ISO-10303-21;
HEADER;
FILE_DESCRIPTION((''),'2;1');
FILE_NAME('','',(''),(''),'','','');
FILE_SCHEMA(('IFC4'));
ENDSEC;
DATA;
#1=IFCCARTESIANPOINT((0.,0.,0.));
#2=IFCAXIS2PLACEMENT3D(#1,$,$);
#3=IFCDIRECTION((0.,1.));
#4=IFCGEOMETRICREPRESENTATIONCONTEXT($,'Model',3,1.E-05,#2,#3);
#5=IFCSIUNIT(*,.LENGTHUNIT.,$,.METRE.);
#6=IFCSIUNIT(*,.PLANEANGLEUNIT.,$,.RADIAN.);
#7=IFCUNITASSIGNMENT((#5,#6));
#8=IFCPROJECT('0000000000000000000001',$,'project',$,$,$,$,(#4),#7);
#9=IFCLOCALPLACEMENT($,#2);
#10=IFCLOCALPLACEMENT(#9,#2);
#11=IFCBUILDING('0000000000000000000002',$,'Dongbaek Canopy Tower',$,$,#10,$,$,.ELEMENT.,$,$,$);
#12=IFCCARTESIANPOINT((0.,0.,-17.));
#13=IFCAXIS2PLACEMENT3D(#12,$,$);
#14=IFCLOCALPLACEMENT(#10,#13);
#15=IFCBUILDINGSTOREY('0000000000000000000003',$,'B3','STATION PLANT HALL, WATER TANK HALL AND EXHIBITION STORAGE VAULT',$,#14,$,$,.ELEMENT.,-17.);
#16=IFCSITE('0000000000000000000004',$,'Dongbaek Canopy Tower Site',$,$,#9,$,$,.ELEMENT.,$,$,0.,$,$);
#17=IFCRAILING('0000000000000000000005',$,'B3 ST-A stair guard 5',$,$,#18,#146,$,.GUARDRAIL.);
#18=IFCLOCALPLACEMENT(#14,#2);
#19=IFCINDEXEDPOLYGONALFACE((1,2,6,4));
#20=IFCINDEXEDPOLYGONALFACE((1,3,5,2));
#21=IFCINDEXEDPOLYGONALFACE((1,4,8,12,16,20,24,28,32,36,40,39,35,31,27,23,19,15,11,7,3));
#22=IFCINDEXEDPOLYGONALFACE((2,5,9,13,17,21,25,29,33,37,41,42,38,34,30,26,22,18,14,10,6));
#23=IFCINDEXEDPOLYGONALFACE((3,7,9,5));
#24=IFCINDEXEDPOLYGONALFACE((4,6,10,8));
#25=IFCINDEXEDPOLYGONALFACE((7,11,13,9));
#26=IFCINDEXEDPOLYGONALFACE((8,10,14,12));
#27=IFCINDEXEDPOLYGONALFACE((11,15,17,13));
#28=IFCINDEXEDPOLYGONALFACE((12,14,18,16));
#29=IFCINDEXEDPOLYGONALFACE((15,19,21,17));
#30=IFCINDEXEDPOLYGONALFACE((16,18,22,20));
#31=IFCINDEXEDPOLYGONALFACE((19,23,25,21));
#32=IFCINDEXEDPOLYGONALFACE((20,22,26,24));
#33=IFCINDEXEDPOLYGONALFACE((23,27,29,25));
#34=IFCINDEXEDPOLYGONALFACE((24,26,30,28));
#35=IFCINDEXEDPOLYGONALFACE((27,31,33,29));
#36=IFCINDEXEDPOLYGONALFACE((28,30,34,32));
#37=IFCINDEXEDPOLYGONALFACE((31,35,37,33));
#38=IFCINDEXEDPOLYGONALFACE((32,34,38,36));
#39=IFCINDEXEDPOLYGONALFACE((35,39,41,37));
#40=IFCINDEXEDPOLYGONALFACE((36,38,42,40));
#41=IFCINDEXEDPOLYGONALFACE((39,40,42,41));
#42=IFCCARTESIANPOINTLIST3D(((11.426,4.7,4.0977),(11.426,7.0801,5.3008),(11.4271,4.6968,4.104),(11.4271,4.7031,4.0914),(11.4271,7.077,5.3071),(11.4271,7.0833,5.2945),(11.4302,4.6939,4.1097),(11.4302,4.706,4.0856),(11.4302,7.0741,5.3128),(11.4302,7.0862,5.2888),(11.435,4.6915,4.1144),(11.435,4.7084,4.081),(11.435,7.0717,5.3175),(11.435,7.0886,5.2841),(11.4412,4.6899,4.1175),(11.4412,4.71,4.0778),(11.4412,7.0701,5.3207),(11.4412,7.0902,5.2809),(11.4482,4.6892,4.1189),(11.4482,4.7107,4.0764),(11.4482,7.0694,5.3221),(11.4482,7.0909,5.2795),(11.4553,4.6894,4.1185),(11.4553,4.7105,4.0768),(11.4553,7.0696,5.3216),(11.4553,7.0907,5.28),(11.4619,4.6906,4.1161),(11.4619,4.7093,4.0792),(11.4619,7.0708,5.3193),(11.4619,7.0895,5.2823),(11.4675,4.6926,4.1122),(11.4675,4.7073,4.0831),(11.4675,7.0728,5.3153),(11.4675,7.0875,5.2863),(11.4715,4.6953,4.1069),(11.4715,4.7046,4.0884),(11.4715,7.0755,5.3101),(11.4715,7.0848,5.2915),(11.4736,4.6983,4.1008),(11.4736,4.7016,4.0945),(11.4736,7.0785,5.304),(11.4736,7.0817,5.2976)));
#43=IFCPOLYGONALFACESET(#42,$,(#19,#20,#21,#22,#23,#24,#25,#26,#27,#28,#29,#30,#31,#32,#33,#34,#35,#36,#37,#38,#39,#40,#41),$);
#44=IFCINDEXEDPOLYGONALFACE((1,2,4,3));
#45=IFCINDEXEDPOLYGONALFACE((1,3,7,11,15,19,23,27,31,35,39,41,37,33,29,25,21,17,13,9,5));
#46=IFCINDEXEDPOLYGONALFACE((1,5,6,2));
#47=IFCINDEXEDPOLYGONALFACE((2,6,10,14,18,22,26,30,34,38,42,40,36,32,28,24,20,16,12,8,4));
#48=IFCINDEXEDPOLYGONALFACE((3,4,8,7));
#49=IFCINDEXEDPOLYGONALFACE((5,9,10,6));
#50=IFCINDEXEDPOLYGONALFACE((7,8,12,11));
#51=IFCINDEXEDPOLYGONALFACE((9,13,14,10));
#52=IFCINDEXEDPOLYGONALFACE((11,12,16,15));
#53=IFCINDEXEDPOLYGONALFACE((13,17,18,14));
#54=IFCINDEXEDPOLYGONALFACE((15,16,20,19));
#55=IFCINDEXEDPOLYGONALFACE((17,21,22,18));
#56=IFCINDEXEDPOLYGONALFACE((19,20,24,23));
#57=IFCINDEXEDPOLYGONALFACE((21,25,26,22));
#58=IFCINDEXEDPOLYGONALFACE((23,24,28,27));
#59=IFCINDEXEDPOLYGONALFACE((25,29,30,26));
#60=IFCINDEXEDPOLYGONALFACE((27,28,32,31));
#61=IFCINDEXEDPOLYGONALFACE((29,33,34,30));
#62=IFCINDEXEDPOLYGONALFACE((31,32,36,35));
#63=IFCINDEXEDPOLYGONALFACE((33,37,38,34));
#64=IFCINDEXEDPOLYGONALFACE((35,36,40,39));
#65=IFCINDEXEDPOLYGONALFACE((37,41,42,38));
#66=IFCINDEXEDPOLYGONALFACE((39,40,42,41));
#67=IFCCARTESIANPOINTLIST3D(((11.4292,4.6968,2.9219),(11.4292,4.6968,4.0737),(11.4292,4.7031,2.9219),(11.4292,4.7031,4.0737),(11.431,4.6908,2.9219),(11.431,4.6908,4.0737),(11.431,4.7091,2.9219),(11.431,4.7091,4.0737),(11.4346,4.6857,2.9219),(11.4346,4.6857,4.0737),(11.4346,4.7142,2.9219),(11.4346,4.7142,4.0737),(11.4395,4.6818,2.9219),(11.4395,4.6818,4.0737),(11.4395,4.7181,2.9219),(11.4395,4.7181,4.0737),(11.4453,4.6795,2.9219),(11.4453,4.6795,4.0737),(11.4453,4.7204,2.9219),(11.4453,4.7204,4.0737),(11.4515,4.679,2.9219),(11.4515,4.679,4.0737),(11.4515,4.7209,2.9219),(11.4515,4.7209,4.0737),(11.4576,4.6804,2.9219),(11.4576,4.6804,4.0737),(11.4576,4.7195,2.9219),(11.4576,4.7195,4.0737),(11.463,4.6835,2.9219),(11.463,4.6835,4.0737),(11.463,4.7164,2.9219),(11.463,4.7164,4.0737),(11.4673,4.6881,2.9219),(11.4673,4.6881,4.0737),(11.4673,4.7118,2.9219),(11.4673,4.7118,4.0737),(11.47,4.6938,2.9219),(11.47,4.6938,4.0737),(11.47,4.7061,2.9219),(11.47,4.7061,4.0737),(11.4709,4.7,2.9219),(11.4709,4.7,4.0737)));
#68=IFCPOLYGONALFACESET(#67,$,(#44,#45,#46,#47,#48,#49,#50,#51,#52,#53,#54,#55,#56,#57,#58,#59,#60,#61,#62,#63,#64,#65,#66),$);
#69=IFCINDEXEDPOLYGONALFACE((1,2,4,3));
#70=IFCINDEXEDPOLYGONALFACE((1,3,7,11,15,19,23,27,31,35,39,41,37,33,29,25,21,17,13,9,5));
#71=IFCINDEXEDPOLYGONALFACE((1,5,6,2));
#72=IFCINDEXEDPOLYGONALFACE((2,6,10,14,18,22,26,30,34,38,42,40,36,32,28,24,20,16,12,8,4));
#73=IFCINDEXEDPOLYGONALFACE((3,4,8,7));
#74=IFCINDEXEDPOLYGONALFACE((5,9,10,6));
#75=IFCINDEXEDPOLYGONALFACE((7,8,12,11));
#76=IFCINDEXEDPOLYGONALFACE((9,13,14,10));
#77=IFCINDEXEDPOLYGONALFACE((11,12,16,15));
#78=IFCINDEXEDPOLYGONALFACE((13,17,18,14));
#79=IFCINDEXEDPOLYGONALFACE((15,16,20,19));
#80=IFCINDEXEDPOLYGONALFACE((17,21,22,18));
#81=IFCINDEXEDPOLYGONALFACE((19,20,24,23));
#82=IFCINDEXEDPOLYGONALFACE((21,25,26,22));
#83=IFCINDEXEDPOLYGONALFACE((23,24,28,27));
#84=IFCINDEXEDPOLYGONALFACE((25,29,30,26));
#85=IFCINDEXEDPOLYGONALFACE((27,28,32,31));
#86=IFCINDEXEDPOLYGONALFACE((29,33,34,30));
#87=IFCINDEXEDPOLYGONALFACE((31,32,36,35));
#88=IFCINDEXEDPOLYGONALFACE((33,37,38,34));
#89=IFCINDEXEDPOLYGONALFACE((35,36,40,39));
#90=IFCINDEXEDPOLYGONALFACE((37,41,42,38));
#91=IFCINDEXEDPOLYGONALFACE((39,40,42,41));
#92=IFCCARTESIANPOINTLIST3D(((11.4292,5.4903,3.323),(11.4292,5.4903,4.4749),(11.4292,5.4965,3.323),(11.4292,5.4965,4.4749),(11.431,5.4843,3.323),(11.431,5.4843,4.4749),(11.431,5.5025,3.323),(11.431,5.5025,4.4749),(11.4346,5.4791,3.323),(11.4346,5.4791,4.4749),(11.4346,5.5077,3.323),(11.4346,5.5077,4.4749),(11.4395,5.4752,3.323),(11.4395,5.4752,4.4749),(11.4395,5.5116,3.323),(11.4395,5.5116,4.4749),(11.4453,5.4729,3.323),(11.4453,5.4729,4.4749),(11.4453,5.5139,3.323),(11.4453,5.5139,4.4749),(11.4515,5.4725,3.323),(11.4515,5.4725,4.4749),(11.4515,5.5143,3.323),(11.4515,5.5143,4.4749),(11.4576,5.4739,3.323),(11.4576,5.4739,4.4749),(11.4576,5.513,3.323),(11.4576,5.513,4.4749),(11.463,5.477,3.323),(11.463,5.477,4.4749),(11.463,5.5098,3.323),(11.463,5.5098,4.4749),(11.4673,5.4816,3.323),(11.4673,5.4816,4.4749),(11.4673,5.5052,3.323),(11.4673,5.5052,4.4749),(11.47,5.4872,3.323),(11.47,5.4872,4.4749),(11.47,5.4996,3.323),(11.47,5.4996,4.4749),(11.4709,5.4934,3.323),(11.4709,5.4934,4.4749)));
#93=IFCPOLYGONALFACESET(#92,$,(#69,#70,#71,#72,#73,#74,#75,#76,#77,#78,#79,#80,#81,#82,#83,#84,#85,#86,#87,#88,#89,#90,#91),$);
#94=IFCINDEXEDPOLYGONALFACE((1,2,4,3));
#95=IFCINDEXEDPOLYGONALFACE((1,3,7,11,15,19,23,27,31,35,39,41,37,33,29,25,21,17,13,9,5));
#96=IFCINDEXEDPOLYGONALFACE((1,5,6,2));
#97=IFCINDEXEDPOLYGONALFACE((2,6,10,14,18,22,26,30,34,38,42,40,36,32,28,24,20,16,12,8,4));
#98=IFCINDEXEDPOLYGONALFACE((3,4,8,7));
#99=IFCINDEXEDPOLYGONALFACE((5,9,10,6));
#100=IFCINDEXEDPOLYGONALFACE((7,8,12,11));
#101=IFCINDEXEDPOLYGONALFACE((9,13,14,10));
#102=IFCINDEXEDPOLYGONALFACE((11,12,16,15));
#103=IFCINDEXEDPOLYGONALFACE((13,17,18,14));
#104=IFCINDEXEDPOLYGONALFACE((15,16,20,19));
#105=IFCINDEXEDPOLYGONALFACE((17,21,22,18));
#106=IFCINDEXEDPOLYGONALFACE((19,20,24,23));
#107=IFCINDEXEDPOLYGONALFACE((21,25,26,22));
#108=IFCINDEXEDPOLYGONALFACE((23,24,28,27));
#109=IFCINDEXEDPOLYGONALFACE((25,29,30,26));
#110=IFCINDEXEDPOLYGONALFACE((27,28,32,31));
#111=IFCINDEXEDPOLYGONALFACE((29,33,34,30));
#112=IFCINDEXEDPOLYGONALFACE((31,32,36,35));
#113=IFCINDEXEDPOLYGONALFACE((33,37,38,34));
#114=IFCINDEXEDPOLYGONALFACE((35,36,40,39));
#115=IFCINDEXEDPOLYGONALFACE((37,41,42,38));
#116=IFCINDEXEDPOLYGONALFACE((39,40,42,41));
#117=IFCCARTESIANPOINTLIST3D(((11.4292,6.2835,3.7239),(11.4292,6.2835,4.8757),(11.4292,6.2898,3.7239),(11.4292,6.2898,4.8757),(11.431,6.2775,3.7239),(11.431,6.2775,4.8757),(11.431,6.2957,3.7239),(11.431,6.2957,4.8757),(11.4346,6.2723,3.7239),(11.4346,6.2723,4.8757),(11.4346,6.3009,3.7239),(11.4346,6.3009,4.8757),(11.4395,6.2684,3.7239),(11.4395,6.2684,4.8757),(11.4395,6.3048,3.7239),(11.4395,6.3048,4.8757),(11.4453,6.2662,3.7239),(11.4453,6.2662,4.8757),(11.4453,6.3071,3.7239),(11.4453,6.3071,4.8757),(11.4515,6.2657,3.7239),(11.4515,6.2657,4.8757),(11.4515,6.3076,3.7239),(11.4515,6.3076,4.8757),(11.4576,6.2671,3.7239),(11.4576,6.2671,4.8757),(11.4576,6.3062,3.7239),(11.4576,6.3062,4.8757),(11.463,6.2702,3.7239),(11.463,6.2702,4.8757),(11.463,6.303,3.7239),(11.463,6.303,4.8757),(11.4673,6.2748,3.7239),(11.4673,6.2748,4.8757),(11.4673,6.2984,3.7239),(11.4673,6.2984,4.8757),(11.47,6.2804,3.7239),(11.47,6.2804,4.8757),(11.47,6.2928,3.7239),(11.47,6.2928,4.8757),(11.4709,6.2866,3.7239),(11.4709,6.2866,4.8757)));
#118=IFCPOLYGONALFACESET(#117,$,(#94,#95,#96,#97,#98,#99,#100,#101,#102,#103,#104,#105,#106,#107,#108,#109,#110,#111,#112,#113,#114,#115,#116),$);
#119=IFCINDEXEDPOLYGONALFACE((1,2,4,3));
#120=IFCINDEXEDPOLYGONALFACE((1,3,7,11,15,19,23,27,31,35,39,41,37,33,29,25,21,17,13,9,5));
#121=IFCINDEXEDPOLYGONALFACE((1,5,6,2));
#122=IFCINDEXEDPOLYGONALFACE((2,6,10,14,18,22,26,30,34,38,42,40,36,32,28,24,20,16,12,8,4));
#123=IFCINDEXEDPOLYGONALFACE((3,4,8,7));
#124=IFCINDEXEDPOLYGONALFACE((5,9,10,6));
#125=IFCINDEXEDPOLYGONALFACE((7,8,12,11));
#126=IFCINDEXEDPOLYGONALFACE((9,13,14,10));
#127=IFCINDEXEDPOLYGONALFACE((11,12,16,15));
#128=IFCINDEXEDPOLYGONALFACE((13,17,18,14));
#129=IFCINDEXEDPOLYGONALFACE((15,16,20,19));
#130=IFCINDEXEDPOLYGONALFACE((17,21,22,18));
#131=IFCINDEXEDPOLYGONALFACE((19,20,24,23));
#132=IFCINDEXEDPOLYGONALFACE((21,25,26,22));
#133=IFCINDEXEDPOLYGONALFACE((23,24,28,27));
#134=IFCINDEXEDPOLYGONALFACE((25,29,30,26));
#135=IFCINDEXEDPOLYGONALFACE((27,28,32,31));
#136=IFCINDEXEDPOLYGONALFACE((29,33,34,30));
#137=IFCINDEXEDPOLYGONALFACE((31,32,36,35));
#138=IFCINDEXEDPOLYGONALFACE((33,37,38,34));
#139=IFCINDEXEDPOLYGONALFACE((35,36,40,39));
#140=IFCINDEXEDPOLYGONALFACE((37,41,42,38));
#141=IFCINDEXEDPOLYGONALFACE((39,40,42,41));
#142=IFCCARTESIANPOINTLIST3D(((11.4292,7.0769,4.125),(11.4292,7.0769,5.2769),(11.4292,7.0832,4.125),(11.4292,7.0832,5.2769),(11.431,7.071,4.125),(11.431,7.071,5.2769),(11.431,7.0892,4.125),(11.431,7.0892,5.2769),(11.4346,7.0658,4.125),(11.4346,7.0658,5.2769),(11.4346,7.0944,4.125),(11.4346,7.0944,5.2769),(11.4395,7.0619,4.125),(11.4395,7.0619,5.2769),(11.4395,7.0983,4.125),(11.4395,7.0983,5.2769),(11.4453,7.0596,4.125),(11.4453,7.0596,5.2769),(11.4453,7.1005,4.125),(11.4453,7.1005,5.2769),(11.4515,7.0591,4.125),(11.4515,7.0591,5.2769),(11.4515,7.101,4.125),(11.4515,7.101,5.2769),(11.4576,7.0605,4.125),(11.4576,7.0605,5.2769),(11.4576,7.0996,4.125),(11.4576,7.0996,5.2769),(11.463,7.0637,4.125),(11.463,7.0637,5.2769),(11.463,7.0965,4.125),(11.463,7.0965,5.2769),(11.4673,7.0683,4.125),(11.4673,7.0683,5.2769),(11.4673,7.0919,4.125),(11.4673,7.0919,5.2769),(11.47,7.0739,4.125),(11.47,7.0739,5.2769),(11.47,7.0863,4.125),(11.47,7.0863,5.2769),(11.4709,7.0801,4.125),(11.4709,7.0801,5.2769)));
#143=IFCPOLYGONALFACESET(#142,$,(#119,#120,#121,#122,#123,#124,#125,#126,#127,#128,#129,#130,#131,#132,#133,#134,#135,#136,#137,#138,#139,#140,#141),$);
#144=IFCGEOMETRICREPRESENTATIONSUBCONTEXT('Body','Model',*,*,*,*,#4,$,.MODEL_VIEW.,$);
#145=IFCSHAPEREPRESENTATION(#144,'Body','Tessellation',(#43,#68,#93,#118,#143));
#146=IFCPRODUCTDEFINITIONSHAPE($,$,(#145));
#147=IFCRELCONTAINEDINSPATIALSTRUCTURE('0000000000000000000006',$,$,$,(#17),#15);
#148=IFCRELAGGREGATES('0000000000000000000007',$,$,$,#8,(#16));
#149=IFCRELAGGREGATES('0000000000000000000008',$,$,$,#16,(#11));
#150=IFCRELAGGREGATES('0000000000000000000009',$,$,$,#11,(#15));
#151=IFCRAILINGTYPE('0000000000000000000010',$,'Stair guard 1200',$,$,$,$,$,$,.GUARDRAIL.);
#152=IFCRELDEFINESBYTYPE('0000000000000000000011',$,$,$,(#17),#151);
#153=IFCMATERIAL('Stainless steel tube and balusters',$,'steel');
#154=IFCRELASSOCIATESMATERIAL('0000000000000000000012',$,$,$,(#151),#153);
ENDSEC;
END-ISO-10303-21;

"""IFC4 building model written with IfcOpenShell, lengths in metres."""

from ifc_helpers import new_model, si_unit, direction, frame, origin, origin_2d, place, context, subcontext, project, spatial, circle, extrude, material, type_object, element, save


model = new_model("IFC4")

# Units and contexts
model_context = context("Model", 3, precision=1e-05, world=origin(), true_north=direction((0.0, 1.0)))
body_context = subcontext(model_context, "Body", "Model", "MODEL_VIEW")
ifc_project = project(units=[si_unit("LENGTHUNIT", "METRE"), si_unit("PLANEANGLEUNIT", "RADIAN")], contexts=[model_context])

# Site, building, storey
site_placement = place(None, origin())
site = spatial("IfcSite", under=ifc_project, at=site_placement, Name="Dongbaek Canopy Tower Site", CompositionType="ELEMENT", RefElevation=0.0)
building_placement = place(site_placement, origin())
building = spatial("IfcBuilding", under=site, at=building_placement, Name="Dongbaek Canopy Tower", CompositionType="ELEMENT")
storey_placement = place(building_placement, frame((0.0, 0.0, -17.0)))
storey = spatial("IfcBuildingStorey", under=building, at=storey_placement, Name="B3", Description="STATION PLANT HALL, WATER TANK HALL AND EXHIBITION STORAGE VAULT", CompositionType="ELEMENT", Elevation=-17.0)

# Railing
ifc_material_1 = material(Name="Stainless steel tube and balusters", Category="steel")
railing_type_1 = type_object("IfcRailingType", Name="Stair guard 1200", PredefinedType="GUARDRAIL", material=ifc_material_1)
railing_placement = place(storey_placement, frame((11.45, 4.7, 2.9219)))
element("IfcRailing", 1, at=railing_placement, inside=storey, type_object=railing_type_1, Name="B3 ST-A stair guard 5", PredefinedType="GUARDRAIL", context=body_context, shape_type="SweptSolid", body=[
    extrude(circle(Radius=0.0239, at=origin_2d()), frame((0.0, 0.0, 1.1758), z_axis=(0.0, 0.89246, 0.451127), x_axis=(-1.0, 0.0, 0.0)), (0.0, 0.0, 1.0), 2.667),
    extrude(circle(Radius=0.021, at=origin_2d()), origin(), (0.0, 0.0, 1.0), 1.1519),
    extrude(circle(Radius=0.021, at=origin_2d()), frame((0.0, 0.7935, 0.4011)), (0.0, 0.0, 1.0), 1.1519),
    extrude(circle(Radius=0.021, at=origin_2d()), frame((0.0, 1.5867, 0.802)), (0.0, 0.0, 1.0), 1.1519),
    extrude(circle(Radius=0.021, at=origin_2d()), frame((0.0, 2.3801, 1.2031)), (0.0, 0.0, 1.0), 1.1519),
])

save(model, "model.ifc")
